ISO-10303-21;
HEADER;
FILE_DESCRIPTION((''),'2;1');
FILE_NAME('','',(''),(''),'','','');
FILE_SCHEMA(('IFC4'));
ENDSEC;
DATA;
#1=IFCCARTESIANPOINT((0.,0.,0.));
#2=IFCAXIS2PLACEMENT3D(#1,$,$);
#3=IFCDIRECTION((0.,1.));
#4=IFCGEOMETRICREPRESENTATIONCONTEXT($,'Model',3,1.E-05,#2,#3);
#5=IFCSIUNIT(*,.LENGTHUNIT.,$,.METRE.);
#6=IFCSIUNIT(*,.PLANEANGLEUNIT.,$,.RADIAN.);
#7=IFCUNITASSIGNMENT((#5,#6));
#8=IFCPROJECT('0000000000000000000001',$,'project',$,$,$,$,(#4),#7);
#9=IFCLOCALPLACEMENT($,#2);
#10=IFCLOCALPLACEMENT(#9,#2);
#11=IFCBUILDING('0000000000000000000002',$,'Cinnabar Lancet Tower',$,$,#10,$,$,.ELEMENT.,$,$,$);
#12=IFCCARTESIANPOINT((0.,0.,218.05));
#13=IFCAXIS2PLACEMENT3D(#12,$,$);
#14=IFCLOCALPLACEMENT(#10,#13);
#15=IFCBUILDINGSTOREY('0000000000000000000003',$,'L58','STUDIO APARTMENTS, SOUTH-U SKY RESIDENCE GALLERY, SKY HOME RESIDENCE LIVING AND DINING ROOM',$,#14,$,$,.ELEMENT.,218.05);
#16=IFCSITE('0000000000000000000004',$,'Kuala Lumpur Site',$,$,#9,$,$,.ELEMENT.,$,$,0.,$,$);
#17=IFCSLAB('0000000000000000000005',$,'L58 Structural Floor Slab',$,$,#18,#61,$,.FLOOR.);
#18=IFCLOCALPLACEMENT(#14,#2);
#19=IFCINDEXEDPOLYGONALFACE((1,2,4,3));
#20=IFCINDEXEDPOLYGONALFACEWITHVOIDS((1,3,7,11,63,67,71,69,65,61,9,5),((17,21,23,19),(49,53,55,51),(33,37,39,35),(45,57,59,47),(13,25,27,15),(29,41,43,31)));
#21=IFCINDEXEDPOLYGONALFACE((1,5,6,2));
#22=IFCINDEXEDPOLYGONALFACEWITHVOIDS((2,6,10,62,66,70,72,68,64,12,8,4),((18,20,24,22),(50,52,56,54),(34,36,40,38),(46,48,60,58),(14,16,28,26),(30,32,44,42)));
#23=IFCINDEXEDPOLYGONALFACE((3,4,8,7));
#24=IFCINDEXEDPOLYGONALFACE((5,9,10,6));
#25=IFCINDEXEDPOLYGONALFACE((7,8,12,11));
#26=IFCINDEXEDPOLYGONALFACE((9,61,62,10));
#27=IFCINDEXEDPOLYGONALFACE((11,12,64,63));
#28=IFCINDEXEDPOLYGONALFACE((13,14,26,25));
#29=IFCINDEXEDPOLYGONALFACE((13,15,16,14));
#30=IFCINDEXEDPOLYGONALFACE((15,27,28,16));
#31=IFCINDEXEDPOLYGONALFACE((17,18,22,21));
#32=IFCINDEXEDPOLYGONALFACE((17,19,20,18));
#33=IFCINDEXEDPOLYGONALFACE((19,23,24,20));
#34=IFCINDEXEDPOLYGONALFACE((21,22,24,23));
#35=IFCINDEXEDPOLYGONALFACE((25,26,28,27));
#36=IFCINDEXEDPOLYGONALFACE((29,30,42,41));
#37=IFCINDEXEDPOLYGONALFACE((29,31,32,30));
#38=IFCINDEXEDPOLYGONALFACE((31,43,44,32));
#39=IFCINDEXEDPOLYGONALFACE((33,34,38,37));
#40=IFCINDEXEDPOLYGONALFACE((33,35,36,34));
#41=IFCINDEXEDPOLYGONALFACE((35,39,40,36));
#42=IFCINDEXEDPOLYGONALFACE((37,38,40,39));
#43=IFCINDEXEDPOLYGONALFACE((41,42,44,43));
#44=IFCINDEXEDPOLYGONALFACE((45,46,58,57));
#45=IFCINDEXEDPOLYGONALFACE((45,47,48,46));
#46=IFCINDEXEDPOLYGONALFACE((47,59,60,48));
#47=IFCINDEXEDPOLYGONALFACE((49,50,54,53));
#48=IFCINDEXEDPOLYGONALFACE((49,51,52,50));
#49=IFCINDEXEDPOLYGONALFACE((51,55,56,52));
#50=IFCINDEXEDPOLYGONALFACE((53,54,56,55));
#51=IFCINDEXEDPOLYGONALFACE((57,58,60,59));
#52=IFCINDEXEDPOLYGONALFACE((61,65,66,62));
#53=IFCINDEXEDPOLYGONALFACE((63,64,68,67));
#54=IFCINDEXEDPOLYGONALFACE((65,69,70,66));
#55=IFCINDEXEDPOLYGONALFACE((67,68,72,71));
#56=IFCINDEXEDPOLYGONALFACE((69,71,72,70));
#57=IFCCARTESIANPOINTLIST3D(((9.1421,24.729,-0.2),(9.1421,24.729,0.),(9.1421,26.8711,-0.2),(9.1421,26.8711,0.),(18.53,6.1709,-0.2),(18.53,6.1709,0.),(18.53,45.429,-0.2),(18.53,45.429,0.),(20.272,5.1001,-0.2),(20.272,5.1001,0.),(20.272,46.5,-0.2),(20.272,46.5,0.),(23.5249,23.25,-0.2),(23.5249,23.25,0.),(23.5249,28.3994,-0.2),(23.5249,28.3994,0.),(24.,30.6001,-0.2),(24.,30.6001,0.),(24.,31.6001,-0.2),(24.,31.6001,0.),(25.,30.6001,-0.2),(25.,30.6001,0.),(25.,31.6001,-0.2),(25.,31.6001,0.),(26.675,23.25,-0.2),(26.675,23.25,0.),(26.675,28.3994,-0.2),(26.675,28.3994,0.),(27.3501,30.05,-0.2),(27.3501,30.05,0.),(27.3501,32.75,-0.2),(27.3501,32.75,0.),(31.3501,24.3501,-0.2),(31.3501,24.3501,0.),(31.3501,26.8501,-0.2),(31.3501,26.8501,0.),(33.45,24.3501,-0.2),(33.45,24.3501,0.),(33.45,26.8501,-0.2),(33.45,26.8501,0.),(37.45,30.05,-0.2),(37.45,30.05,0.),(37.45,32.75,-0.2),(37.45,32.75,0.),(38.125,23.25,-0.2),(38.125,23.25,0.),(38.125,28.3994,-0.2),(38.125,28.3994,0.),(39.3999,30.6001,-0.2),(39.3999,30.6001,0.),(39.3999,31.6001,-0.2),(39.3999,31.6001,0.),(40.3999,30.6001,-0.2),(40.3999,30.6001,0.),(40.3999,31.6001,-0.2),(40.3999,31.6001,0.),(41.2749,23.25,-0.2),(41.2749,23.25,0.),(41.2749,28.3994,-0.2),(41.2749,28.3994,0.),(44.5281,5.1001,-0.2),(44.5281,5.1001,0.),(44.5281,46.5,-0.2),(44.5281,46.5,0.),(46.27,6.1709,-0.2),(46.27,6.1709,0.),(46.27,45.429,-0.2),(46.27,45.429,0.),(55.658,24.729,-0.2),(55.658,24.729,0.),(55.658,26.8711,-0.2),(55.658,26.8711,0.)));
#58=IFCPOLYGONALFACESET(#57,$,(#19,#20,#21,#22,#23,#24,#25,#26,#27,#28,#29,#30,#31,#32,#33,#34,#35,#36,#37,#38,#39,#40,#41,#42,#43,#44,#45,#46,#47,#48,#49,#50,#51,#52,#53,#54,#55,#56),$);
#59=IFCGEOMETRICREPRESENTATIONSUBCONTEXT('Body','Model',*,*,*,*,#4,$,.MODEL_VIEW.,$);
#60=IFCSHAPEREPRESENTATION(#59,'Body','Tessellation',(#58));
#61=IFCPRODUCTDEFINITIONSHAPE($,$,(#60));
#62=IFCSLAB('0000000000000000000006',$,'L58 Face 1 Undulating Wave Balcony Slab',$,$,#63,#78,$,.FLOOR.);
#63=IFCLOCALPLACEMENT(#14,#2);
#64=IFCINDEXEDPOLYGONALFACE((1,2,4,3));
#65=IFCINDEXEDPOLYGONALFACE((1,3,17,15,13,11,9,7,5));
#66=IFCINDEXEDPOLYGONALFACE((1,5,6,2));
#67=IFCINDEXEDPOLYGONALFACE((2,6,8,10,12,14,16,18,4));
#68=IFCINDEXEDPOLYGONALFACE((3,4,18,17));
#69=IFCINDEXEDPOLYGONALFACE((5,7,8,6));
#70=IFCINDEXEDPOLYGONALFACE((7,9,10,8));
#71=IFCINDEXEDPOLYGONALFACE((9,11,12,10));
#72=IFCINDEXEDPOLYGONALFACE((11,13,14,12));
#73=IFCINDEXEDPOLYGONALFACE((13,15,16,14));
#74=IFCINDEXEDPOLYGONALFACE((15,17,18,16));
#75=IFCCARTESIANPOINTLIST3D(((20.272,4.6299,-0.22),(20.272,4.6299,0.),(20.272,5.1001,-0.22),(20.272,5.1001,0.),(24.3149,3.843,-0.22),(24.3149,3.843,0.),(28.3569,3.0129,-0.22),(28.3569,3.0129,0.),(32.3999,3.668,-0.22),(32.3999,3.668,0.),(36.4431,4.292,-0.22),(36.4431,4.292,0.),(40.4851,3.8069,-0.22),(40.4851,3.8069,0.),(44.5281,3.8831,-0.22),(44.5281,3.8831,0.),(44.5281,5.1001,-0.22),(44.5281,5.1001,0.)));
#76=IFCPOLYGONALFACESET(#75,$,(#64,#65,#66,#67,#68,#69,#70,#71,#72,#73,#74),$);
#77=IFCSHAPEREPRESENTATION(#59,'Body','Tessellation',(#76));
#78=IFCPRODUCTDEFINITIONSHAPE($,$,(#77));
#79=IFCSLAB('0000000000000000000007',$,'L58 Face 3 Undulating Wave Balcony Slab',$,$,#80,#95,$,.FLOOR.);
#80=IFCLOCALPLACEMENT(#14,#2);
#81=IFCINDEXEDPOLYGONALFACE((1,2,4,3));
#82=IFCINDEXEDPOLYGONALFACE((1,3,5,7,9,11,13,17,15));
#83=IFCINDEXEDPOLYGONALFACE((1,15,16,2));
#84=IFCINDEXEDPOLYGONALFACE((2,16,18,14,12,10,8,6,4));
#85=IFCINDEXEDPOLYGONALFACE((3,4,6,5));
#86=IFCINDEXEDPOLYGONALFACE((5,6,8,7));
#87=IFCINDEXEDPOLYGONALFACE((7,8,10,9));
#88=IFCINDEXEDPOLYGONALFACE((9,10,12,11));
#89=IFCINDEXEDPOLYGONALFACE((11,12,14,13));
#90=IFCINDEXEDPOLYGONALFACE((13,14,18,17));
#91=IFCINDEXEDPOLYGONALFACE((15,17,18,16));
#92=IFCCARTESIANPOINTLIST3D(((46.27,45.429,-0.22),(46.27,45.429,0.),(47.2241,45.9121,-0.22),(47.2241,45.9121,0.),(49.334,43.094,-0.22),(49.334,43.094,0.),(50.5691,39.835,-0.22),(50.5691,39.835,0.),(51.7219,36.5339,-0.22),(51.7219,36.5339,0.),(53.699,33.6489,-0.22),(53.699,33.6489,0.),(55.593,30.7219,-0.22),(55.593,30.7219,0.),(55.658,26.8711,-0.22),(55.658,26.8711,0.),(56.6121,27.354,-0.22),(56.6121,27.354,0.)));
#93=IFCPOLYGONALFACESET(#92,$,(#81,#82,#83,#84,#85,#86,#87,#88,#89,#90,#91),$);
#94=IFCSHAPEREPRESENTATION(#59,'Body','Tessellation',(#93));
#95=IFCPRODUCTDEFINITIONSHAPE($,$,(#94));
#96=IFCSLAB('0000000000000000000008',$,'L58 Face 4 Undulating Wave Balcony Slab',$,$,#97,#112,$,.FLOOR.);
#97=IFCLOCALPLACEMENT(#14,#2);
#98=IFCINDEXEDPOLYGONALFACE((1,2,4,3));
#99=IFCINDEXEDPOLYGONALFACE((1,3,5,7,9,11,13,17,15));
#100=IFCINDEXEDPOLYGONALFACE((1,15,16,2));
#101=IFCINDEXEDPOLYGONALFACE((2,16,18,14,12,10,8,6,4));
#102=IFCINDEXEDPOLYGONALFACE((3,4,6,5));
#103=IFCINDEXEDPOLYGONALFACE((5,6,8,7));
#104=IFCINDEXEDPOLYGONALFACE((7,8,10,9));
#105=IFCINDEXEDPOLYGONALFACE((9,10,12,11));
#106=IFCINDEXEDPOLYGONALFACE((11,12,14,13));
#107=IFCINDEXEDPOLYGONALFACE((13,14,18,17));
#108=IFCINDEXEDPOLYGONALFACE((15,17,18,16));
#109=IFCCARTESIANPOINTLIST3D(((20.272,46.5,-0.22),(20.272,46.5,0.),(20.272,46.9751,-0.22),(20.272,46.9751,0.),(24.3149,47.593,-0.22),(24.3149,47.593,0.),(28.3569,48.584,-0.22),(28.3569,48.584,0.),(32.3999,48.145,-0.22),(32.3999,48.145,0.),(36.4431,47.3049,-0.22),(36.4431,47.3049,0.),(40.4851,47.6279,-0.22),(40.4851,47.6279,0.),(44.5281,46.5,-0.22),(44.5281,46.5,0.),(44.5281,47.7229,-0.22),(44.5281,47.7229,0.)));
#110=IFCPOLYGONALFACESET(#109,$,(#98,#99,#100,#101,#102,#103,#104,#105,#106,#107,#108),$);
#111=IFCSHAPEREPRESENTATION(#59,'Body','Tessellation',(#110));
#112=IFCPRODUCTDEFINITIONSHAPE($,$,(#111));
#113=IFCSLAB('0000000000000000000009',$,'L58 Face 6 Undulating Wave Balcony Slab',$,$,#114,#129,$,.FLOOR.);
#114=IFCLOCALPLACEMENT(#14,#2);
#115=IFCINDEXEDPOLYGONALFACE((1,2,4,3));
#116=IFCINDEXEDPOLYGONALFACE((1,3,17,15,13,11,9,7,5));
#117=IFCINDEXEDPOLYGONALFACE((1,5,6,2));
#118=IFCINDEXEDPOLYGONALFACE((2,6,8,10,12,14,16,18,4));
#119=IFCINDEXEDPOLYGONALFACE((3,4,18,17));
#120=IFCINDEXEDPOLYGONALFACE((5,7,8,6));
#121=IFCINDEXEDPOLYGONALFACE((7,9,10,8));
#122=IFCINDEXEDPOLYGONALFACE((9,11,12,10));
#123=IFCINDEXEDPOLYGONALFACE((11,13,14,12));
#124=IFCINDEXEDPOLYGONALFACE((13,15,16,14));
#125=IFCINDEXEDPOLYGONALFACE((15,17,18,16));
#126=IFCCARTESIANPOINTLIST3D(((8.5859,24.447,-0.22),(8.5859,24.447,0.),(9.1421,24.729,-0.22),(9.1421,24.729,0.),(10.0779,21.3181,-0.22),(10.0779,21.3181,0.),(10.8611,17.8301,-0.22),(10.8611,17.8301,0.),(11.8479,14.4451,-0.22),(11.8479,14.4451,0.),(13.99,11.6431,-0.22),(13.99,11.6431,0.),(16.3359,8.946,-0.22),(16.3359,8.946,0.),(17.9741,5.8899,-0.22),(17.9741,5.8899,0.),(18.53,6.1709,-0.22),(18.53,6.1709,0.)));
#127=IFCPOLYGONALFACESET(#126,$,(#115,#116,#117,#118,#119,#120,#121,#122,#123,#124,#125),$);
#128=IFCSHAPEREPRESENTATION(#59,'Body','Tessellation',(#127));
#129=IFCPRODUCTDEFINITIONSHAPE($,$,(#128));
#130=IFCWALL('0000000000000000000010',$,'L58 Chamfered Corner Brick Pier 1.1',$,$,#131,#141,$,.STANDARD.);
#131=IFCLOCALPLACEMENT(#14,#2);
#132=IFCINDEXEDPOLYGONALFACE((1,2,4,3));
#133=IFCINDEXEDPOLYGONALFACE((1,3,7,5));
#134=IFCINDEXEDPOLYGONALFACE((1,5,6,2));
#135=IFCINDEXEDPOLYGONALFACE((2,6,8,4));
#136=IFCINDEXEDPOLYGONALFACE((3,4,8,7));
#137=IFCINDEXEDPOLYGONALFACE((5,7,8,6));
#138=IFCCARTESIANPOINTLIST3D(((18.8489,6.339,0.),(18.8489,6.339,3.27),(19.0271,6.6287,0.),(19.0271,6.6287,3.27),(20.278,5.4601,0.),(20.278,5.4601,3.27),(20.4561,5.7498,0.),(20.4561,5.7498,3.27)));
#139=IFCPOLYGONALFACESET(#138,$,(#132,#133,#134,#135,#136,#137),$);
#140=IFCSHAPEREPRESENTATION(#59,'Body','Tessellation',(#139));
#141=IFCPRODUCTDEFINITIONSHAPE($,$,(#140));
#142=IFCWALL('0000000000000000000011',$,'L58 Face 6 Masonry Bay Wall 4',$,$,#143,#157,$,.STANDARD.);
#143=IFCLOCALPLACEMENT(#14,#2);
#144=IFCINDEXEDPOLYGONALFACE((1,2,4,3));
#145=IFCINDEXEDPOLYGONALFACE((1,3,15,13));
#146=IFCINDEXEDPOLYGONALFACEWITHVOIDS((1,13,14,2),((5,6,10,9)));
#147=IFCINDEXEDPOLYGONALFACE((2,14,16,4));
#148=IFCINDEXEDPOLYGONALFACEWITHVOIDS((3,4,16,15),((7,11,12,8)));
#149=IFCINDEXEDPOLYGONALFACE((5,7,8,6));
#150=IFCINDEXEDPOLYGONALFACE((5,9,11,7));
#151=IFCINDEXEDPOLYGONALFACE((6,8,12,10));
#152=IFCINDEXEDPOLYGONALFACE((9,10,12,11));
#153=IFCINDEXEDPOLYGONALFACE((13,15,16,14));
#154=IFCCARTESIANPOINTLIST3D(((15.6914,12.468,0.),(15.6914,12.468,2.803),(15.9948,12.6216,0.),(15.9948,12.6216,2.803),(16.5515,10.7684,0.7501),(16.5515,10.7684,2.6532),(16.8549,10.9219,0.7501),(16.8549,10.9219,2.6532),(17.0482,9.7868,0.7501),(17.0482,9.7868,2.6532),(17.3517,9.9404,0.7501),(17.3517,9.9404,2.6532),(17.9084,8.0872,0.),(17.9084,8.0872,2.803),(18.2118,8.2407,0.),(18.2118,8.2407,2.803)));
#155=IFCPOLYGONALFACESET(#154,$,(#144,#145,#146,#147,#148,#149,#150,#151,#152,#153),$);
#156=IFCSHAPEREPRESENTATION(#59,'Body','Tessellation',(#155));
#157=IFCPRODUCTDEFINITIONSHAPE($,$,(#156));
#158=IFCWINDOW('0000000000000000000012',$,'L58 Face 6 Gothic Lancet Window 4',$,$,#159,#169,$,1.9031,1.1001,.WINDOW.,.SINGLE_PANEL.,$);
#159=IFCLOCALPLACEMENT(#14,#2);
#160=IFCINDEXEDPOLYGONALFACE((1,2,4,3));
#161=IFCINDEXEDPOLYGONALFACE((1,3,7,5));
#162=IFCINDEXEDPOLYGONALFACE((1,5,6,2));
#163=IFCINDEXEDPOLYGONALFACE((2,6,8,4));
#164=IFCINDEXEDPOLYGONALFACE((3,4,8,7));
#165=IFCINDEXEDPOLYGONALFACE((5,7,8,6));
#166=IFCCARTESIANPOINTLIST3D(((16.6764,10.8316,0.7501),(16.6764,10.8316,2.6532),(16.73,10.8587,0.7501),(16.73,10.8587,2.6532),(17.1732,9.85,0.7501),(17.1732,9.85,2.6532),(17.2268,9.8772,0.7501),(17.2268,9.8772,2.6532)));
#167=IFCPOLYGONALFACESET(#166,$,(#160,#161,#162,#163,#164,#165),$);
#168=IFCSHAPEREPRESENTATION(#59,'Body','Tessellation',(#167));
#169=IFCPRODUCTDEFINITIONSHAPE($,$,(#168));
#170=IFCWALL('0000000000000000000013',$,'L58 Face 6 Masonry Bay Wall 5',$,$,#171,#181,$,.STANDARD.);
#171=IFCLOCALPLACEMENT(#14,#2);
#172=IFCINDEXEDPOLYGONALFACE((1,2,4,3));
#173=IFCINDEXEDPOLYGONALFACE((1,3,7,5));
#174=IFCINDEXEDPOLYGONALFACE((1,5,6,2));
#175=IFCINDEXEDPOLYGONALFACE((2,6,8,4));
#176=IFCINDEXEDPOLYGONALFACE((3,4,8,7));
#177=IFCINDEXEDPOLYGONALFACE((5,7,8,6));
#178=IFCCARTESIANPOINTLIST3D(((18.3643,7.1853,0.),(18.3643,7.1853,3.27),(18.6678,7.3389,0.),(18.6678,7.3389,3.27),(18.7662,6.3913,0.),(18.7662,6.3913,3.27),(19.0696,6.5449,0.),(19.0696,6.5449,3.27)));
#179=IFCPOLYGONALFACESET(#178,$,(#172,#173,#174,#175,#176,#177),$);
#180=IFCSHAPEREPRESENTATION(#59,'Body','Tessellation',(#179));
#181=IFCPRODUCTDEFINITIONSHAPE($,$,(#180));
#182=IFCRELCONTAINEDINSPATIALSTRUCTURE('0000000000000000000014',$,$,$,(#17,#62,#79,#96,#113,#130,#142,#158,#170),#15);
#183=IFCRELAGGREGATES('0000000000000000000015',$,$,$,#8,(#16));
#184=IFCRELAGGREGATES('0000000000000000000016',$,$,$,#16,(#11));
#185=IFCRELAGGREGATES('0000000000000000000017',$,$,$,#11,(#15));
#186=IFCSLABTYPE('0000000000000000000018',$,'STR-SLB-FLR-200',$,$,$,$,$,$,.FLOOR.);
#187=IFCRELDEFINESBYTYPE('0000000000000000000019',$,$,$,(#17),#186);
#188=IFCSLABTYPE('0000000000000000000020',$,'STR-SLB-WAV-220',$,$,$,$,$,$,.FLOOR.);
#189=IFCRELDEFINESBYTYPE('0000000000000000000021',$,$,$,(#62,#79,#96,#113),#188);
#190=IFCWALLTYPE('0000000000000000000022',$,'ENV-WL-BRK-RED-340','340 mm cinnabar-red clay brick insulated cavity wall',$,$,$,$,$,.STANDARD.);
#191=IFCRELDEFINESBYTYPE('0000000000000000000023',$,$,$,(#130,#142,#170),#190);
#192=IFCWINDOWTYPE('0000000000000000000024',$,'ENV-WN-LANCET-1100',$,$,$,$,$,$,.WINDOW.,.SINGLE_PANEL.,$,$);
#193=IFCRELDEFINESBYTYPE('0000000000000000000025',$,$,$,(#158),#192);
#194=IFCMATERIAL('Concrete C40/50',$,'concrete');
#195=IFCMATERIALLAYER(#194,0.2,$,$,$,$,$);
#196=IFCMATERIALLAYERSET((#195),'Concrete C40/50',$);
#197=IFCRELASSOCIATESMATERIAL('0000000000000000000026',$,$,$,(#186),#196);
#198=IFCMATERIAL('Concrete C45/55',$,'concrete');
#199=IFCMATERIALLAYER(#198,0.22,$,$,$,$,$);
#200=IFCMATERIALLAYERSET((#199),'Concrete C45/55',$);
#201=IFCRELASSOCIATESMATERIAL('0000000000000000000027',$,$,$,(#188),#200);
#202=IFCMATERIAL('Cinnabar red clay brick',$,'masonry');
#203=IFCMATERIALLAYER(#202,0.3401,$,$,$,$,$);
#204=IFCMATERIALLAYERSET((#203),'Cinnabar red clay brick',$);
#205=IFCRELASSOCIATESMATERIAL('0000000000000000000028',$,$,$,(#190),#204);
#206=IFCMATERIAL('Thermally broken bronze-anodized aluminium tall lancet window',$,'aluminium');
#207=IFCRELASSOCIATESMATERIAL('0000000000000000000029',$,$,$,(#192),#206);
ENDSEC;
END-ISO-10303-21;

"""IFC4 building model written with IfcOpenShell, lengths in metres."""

from ifc_helpers import new_model, si_unit, direction, frame, frame_2d, origin, place, context, subcontext, project, spatial, polyline, rectangle, outline, extrude, material, layer, layer_set, type_object, element, fill, save


model = new_model("IFC4")

# Units and contexts
model_context = context("Model", 3, precision=1e-05, world=origin(), true_north=direction((0.0, 1.0)))
body_context = subcontext(model_context, "Body", "Model", "MODEL_VIEW")
ifc_project = project(units=[si_unit("LENGTHUNIT", "METRE"), si_unit("PLANEANGLEUNIT", "RADIAN")], contexts=[model_context])

# Site, building, storey
site_placement = place(None, origin())
site = spatial("IfcSite", under=ifc_project, at=site_placement, Name="Kuala Lumpur Site", CompositionType="ELEMENT", RefElevation=0.0)
building_placement = place(site_placement, origin())
building = spatial("IfcBuilding", under=site, at=building_placement, Name="Cinnabar Lancet Tower", CompositionType="ELEMENT")
storey_placement = place(building_placement, frame((0.0, 0.0, 218.05)))
storey = spatial("IfcBuildingStorey", under=building, at=storey_placement, Name="L58", Description="STUDIO APARTMENTS, SOUTH-U SKY RESIDENCE GALLERY, SKY HOME RESIDENCE LIVING AND DINING ROOM", CompositionType="ELEMENT", Elevation=218.05)

# Slabs
ifc_material_1 = material(Name="Concrete C40/50", Category="concrete")
ifc_layer_1 = layer(ifc_material_1, 0.2)
ifc_layer_set_1 = layer_set([ifc_layer_1], Name="Concrete C40/50")
slab_type_1 = type_object("IfcSlabType", Name="STR-SLB-FLR-200", PredefinedType="FLOOR", material=ifc_layer_set_1)
slab_1_placement = place(storey_placement, frame((0.0, 0.0, -0.2)))
element("IfcSlab", 1, at=slab_1_placement, inside=storey, type_object=slab_type_1, Name="L58 Structural Floor Slab", PredefinedType="FLOOR", context=body_context, shape_type="SweptSolid", body=[
    extrude(outline(polyline([(18.53, 6.1709), (20.272, 5.1001), (44.5281, 5.1001), (46.27, 6.1709), (55.658, 24.729), (55.658, 26.8711), (46.27, 45.429), (44.5281, 46.5), (20.272, 46.5), (18.53, 45.429), (9.1421, 26.8711), (9.1421, 24.729), (18.53, 6.1709)]), holes=[polyline([(23.5249, 23.25), (26.675, 23.25), (26.675, 28.3994), (23.5249, 28.3994), (23.5249, 23.25)]), polyline([(38.125, 23.25), (41.2749, 23.25), (41.2749, 28.3994), (38.125, 28.3994), (38.125, 23.25)]), polyline([(27.3501, 30.05), (37.45, 30.05), (37.45, 32.75), (27.3501, 32.75), (27.3501, 30.05)]), polyline([(31.3501, 24.3501), (33.45, 24.3501), (33.45, 26.8501), (31.3501, 26.8501), (31.3501, 24.3501)]), polyline([(24.0, 30.6001), (25.0, 30.6001), (25.0, 31.6001), (24.0, 31.6001), (24.0, 30.6001)]), polyline([(39.3999, 30.6001), (40.3999, 30.6001), (40.3999, 31.6001), (39.3999, 31.6001), (39.3999, 30.6001)])]), origin(), (0.0, 0.0, 1.0), 0.2),
])
ifc_material_2 = material(Name="Concrete C45/55", Category="concrete")
ifc_layer_2 = layer(ifc_material_2, 0.22)
ifc_layer_set_2 = layer_set([ifc_layer_2], Name="Concrete C45/55")
slab_type_2 = type_object("IfcSlabType", Name="STR-SLB-WAV-220", PredefinedType="FLOOR", material=ifc_layer_set_2)
slab_2_placement = place(storey_placement, frame((0.0, 0.0, -0.22)))
element("IfcSlab", 2, at=slab_2_placement, inside=storey, type_object=slab_type_2, Name="L58 Face 1 Undulating Wave Balcony Slab", PredefinedType="FLOOR", context=body_context, shape_type="SweptSolid", body=[
    extrude(outline(polyline([(20.272, 5.1001), (20.272, 4.6299), (24.3149, 3.843), (28.3569, 3.0129), (32.3999, 3.668), (36.4431, 4.292), (40.4851, 3.8069), (44.5281, 3.8831), (44.5281, 5.1001), (20.272, 5.1001)])), origin(), (0.0, 0.0, 1.0), 0.22),
])
slab_3_placement = place(storey_placement, frame((0.0, 0.0, -0.22)))
element("IfcSlab", 3, at=slab_3_placement, inside=storey, type_object=slab_type_2, Name="L58 Face 3 Undulating Wave Balcony Slab", PredefinedType="FLOOR", context=body_context, shape_type="SweptSolid", body=[
    extrude(outline(polyline([(55.658, 26.8711), (56.6121, 27.354), (55.593, 30.7219), (53.699, 33.6489), (51.7219, 36.5339), (50.5691, 39.835), (49.334, 43.094), (47.2241, 45.9121), (46.27, 45.429), (55.658, 26.8711)])), origin(), (0.0, 0.0, 1.0), 0.22),
])
slab_4_placement = place(storey_placement, frame((0.0, 0.0, -0.22)))
element("IfcSlab", 4, at=slab_4_placement, inside=storey, type_object=slab_type_2, Name="L58 Face 4 Undulating Wave Balcony Slab", PredefinedType="FLOOR", context=body_context, shape_type="SweptSolid", body=[
    extrude(outline(polyline([(44.5281, 46.5), (44.5281, 47.7229), (40.4851, 47.6279), (36.4431, 47.3049), (32.3999, 48.145), (28.3569, 48.584), (24.3149, 47.593), (20.272, 46.9751), (20.272, 46.5), (44.5281, 46.5)])), origin(), (0.0, 0.0, 1.0), 0.22),
])
slab_5_placement = place(storey_placement, frame((0.0, 0.0, -0.22)))
element("IfcSlab", 5, at=slab_5_placement, inside=storey, type_object=slab_type_2, Name="L58 Face 6 Undulating Wave Balcony Slab", PredefinedType="FLOOR", context=body_context, shape_type="SweptSolid", body=[
    extrude(outline(polyline([(9.1421, 24.729), (8.5859, 24.447), (10.0779, 21.3181), (10.8611, 17.8301), (11.8479, 14.4451), (13.99, 11.6431), (16.3359, 8.946), (17.9741, 5.8899), (18.53, 6.1709), (9.1421, 24.729)])), origin(), (0.0, 0.0, 1.0), 0.22),
])

# Wall
ifc_material_3 = material(Name="Cinnabar red clay brick", Category="masonry")
ifc_layer_3 = layer(ifc_material_3, 0.3401)
ifc_layer_set_3 = layer_set([ifc_layer_3], Name="Cinnabar red clay brick")
wall_type = type_object("IfcWallType", Name="ENV-WL-BRK-RED-340", Description="340 mm cinnabar-red clay brick insulated cavity wall", PredefinedType="STANDARD", material=ifc_layer_set_3)
wall_1_placement = place(storey_placement, frame((18.938, 6.4839, 0.0), z_axis=(0.0, 0.0, 1.0), x_axis=(0.851778, -0.523903, 0.0)))
element("IfcWall", 6, at=wall_1_placement, inside=storey, type_object=wall_type, Name="L58 Chamfered Corner Brick Pier 1.1", PredefinedType="STANDARD", context=body_context, shape_type="SweptSolid", body=[
    extrude(rectangle(XDim=1.6777, YDim=0.3401, at=frame_2d((0.8389, 0.0))), origin(), (0.0, 0.0, 1.0), 3.27),
])

# Wall, opening, window
wall_2_placement = place(storey_placement, frame((15.843, 12.5449, 0.0), z_axis=(0.0, 0.0, 1.0), x_axis=(0.451544, -0.892249, 0.0)))
wall_2 = element("IfcWall", 7, at=wall_2_placement, inside=storey, type_object=wall_type, Name="L58 Face 6 Masonry Bay Wall 4", PredefinedType="STANDARD", context=body_context, shape_type="SweptSolid", body=[
    extrude(rectangle(XDim=4.9099, YDim=0.3401, at=frame_2d((2.4551, 0.0))), origin(), (0.0, 0.0, 1.0), 2.803),
])
opening_placement = place(wall_2_placement, frame((1.905, 0.0, 0.75)))
opening = element("IfcOpeningElement", 8, at=opening_placement, cuts=wall_2, PredefinedType="OPENING", context=body_context, shape_type="SweptSolid", body=[
    extrude(rectangle(XDim=1.1001, YDim=1.9031, at=frame_2d((0.55, 0.9517))), frame((0.0, 0.1799, 0.0), z_axis=(0.0, -1.0, 0.0), x_axis=(1.0, 0.0, 0.0)), (0.0, 0.0, 1.0), 0.3601),
])
ifc_material_4 = material(Name="Thermally broken bronze-anodized aluminium tall lancet window", Category="aluminium")
window_type = type_object("IfcWindowType", Name="ENV-WN-LANCET-1100", PartitioningType="SINGLE_PANEL", PredefinedType="WINDOW", material=ifc_material_4)
window_placement = place(opening_placement, origin())
window = element("IfcWindow", 9, at=window_placement, inside=storey, type_object=window_type, Name="L58 Face 6 Gothic Lancet Window 4", OverallHeight=1.9031, OverallWidth=1.1001, PartitioningType="SINGLE_PANEL", PredefinedType="WINDOW", context=body_context, shape_type="SweptSolid", body=[
    extrude(rectangle(XDim=1.1001, YDim=1.9031, at=frame_2d((0.55, 0.9517))), frame((0.0, 0.03, 0.0), z_axis=(0.0, -1.0, 0.0), x_axis=(1.0, 0.0, 0.0)), (0.0, 0.0, 1.0), 0.0601),
])
fill(opening, window)

# Wall
wall_3_placement = place(storey_placement, frame((18.5161, 7.262, 0.0), z_axis=(0.0, 0.0, 1.0), x_axis=(0.451598, -0.892222, 0.0)))
element("IfcWall", 10, at=wall_3_placement, inside=storey, type_object=wall_type, Name="L58 Face 6 Masonry Bay Wall 5", PredefinedType="STANDARD", context=body_context, shape_type="SweptSolid", body=[
    extrude(rectangle(XDim=0.8899, YDim=0.3401, at=frame_2d((0.4448, 0.0))), origin(), (0.0, 0.0, 1.0), 3.27),
])

save(model, "model.ifc")
